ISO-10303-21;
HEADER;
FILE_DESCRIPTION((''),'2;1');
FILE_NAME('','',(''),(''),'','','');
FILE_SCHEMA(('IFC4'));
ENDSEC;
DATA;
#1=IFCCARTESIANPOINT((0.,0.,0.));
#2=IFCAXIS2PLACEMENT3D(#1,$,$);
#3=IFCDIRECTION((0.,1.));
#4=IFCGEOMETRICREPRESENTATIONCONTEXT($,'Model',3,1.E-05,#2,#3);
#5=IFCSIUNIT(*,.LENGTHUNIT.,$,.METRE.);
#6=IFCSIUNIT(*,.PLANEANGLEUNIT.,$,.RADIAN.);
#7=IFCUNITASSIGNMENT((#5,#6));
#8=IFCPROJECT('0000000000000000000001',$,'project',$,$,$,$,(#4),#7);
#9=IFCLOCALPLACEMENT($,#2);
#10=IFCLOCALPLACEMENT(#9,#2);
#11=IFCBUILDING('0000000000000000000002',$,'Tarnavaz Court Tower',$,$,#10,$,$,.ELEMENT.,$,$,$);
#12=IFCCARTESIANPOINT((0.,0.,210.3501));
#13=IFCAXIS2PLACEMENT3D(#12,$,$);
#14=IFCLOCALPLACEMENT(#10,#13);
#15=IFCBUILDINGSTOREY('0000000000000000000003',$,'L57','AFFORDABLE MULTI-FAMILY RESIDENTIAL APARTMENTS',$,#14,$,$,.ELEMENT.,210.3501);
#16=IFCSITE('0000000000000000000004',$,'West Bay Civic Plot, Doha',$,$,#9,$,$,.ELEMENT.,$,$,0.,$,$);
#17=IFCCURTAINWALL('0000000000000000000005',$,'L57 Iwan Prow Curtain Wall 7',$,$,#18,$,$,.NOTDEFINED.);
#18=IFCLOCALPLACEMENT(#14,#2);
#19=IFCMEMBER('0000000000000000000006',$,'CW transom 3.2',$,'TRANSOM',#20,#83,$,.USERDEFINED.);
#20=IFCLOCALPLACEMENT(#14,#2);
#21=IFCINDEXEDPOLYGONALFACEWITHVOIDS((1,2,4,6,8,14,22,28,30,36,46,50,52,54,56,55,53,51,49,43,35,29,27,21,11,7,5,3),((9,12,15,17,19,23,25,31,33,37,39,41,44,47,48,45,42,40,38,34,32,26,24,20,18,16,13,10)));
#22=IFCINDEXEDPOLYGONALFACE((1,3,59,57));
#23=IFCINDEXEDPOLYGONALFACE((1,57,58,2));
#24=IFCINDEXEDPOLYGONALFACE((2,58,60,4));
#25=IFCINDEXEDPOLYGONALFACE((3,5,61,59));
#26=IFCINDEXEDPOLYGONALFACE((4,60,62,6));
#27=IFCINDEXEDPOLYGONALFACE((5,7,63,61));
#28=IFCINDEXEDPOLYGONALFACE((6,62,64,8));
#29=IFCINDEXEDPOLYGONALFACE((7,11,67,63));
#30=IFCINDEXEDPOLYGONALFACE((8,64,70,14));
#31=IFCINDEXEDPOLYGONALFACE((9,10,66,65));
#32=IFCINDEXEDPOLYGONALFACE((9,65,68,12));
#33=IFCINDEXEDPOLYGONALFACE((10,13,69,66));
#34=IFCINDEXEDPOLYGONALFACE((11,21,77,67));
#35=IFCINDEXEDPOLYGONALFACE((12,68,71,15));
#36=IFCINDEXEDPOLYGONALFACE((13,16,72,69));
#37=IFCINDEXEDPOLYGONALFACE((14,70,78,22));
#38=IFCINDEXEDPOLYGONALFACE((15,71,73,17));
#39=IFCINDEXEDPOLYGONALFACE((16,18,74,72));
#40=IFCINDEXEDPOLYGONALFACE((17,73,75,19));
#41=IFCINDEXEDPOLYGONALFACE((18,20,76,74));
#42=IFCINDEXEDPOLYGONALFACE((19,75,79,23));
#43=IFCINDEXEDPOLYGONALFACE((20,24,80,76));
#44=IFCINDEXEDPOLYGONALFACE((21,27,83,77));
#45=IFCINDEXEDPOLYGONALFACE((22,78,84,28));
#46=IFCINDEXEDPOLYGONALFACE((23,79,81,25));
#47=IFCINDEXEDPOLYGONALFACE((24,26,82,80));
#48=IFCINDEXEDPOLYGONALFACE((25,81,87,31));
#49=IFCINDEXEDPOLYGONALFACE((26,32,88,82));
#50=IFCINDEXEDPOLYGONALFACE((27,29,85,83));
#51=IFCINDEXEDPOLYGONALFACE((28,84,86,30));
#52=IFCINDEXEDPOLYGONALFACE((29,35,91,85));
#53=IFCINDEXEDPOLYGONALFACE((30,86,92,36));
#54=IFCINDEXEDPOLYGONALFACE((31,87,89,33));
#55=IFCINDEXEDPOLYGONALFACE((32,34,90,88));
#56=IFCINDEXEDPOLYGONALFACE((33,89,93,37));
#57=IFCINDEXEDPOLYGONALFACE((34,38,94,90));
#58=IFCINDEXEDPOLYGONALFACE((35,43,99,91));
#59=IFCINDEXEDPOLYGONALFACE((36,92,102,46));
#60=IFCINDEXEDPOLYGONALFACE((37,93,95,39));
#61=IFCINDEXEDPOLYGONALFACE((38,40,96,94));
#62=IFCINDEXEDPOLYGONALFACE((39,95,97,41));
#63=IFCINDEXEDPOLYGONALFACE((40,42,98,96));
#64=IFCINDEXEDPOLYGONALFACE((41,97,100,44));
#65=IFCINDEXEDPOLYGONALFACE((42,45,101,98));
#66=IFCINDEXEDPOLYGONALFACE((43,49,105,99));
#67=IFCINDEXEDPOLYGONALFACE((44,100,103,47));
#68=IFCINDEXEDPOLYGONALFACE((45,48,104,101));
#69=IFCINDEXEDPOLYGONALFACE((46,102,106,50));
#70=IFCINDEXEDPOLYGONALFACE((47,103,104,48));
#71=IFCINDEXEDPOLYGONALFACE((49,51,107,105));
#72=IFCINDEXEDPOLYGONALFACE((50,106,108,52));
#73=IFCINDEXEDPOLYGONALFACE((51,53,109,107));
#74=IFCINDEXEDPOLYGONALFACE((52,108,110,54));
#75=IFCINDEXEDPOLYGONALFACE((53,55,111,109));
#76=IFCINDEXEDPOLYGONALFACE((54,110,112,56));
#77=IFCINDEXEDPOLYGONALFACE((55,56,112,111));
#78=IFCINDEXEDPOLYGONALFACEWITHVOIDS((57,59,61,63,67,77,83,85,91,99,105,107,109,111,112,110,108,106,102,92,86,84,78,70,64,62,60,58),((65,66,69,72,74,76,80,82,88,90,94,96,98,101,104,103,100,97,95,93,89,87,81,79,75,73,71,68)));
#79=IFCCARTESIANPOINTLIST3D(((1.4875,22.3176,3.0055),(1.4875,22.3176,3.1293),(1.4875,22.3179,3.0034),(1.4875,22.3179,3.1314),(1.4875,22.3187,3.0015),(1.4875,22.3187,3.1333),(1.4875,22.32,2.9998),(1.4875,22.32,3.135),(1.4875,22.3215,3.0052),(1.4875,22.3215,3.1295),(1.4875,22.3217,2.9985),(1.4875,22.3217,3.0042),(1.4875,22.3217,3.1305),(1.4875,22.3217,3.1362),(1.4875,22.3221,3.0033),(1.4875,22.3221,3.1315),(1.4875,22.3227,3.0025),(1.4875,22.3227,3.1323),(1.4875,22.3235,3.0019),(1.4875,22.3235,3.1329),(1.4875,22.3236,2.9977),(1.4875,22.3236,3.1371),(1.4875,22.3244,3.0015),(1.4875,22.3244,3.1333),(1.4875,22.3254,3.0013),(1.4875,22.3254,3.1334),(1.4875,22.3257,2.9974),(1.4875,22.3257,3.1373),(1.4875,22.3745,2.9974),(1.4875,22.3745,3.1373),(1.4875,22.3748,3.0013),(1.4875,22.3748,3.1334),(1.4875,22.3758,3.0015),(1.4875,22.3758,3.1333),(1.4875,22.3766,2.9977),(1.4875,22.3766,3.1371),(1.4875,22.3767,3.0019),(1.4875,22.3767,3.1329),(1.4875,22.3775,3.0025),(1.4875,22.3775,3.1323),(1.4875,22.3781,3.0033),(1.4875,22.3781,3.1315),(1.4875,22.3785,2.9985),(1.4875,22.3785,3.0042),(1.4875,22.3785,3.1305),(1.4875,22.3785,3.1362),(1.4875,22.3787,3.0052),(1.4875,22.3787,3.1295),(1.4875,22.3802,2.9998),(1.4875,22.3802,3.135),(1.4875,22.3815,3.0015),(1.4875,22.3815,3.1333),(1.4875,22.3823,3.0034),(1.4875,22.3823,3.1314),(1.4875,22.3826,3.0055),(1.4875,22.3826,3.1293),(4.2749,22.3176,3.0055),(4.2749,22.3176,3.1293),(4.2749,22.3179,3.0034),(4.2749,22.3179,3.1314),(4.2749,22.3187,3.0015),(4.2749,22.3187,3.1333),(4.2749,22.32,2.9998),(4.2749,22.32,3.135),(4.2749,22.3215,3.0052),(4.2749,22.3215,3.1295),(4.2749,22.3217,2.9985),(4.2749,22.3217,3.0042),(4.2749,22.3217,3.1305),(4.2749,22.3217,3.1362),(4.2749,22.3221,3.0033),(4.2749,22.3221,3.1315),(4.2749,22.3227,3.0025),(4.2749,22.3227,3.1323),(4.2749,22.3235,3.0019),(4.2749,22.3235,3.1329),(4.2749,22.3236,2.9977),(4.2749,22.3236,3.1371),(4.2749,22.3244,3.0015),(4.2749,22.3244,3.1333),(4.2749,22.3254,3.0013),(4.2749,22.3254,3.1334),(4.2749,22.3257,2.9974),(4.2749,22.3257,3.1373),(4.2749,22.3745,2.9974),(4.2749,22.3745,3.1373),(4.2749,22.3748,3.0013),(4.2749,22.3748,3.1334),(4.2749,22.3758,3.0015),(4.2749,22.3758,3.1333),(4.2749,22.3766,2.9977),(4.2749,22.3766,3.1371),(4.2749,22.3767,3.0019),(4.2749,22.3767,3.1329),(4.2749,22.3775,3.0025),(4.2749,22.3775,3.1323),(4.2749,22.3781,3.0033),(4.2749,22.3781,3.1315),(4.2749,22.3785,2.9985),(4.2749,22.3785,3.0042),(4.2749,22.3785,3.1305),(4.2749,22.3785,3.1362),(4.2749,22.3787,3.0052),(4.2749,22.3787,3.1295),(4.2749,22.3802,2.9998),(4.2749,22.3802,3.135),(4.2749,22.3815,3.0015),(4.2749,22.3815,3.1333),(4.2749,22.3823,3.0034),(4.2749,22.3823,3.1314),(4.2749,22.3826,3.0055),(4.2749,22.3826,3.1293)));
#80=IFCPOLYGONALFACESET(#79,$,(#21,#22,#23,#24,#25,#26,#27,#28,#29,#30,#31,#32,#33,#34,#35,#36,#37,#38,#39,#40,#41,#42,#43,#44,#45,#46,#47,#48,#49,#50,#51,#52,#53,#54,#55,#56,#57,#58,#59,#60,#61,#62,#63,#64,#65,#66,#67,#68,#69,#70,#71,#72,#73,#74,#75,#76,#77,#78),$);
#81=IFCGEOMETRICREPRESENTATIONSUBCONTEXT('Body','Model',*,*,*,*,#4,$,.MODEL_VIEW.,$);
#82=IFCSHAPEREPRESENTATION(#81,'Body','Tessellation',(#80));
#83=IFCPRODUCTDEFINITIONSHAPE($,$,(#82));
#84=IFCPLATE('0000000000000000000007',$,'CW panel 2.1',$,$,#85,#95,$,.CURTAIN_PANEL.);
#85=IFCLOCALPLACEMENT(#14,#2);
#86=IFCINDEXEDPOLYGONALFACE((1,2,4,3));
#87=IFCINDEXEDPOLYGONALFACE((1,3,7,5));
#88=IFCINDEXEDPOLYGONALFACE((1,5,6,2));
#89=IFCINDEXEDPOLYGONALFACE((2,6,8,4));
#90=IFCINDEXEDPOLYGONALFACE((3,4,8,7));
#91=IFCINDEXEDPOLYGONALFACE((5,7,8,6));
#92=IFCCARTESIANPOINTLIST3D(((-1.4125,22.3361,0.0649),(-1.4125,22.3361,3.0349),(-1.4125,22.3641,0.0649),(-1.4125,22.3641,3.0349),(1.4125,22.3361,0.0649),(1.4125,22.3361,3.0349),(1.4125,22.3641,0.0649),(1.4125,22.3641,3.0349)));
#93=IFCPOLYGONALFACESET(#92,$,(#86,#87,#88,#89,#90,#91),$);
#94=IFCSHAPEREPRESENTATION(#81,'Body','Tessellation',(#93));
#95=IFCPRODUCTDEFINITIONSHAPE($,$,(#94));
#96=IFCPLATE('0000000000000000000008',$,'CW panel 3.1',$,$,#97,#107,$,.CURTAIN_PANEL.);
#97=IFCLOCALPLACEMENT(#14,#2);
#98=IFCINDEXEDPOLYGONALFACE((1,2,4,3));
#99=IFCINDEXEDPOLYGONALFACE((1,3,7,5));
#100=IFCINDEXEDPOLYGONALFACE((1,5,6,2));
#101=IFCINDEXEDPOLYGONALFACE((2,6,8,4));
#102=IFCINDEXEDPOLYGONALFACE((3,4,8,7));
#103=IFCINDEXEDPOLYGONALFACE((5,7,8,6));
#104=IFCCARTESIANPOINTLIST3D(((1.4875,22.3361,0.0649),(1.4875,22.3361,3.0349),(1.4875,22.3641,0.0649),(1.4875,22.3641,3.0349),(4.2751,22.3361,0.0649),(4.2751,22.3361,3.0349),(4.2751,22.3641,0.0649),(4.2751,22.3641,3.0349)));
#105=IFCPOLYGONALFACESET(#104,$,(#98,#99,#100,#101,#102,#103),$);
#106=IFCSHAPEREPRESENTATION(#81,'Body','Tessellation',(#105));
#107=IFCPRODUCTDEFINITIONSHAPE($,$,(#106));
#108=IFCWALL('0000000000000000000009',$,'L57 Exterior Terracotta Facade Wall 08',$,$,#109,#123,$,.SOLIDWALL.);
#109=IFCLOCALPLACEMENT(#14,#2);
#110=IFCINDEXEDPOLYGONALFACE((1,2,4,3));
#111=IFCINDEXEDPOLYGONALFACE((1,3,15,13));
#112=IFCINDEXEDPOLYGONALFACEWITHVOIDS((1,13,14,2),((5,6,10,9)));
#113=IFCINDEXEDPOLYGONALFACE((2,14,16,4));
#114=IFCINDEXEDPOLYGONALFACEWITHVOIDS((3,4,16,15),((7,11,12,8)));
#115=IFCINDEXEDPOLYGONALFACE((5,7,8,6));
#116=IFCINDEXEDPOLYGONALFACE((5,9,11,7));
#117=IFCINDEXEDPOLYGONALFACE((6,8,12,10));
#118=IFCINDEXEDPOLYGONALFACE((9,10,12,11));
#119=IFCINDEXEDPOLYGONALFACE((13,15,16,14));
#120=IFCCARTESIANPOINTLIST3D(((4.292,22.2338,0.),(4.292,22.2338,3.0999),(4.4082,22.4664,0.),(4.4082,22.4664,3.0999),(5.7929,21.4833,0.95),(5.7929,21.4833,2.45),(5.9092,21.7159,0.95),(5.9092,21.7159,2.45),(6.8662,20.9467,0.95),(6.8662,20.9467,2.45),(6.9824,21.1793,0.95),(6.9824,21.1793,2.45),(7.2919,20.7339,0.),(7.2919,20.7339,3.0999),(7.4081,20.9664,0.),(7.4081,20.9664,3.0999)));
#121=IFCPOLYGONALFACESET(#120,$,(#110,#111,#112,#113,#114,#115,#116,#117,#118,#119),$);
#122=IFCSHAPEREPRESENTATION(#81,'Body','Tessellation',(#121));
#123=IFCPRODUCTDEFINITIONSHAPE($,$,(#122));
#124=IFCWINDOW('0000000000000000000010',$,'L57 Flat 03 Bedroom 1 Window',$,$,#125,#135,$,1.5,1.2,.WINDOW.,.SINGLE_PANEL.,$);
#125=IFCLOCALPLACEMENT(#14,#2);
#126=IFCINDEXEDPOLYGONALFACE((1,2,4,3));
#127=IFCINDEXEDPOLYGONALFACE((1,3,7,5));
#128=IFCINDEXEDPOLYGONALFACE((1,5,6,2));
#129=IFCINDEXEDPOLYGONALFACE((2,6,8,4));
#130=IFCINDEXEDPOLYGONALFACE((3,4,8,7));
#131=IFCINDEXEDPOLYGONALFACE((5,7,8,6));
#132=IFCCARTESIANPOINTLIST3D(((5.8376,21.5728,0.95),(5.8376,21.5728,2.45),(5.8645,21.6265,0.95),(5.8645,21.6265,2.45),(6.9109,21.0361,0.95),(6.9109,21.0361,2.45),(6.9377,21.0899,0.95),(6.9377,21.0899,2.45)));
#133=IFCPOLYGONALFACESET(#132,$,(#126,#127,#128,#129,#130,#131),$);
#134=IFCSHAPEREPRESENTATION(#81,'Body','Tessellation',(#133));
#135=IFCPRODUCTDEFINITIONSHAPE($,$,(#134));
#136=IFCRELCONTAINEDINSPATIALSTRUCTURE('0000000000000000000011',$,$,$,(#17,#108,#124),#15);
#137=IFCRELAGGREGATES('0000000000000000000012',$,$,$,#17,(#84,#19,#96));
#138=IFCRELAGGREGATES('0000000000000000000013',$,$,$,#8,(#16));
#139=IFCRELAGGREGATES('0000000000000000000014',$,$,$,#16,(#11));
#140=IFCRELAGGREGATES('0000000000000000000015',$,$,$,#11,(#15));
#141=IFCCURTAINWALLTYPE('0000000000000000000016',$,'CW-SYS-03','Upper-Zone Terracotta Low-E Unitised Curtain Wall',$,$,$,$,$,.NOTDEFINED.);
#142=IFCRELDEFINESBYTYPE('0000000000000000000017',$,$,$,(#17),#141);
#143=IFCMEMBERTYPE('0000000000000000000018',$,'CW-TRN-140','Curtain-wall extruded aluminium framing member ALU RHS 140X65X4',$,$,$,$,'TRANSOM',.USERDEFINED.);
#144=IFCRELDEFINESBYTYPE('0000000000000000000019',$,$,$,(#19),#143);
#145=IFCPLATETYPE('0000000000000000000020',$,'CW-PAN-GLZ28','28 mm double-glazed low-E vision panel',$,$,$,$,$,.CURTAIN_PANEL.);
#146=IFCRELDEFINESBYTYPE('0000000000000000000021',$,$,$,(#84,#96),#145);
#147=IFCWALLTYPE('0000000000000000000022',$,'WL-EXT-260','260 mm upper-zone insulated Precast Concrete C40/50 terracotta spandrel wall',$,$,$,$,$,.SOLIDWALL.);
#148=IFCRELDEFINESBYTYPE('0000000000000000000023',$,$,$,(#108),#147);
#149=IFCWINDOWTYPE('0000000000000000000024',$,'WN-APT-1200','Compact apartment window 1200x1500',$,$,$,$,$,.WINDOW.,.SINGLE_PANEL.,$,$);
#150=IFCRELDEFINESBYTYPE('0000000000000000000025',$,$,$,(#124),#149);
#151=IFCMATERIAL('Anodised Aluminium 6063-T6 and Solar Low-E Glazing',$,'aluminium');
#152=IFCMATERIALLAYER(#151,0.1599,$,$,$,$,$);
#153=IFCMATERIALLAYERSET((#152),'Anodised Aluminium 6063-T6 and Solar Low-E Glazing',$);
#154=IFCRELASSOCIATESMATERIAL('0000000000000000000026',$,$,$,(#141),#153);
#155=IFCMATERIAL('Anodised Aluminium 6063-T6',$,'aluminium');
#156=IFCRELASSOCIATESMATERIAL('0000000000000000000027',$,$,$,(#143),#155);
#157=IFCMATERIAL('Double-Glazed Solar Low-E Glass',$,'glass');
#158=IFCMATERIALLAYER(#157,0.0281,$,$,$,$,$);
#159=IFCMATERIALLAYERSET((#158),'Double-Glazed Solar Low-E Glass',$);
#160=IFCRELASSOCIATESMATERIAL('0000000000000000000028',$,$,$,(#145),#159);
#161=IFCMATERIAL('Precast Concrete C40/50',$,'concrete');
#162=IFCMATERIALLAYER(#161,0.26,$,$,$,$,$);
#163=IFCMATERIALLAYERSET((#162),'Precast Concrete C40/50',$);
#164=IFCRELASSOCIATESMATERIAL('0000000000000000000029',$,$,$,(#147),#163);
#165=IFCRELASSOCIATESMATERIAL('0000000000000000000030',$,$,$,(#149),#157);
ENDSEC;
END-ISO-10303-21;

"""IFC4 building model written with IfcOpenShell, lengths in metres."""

from ifc_helpers import new_model, si_unit, direction, frame, frame_2d, origin, origin_2d, place, context, subcontext, project, spatial, rectangle, hollow_rectangle, extrude, material, layer, layer_set, material_profile, profile_set, type_object, element, fill, aggregate, save


model = new_model("IFC4")

# Units and contexts
model_context = context("Model", 3, precision=1e-05, world=origin(), true_north=direction((0.0, 1.0)))
body_context = subcontext(model_context, "Body", "Model", "MODEL_VIEW")
ifc_project = project(units=[si_unit("LENGTHUNIT", "METRE"), si_unit("PLANEANGLEUNIT", "RADIAN")], contexts=[model_context])

# Site, building, storey
site_placement = place(None, origin())
site = spatial("IfcSite", under=ifc_project, at=site_placement, Name="West Bay Civic Plot, Doha", CompositionType="ELEMENT", RefElevation=0.0)
building_placement = place(site_placement, origin())
building = spatial("IfcBuilding", under=site, at=building_placement, Name="Tarnavaz Court Tower", CompositionType="ELEMENT")
storey_placement = place(building_placement, frame((0.0, 0.0, 210.3501)))
storey = spatial("IfcBuildingStorey", under=building, at=storey_placement, Name="L57", Description="AFFORDABLE MULTI-FAMILY RESIDENTIAL APARTMENTS", CompositionType="ELEMENT", Elevation=210.3501)

# Curtain wall, member, plates
ifc_material_1 = material(Name="Anodised Aluminium 6063-T6 and Solar Low-E Glazing", Category="aluminium")
ifc_layer_1 = layer(ifc_material_1, 0.1599)
ifc_layer_set_1 = layer_set([ifc_layer_1], Name="Anodised Aluminium 6063-T6 and Solar Low-E Glazing")
curtain_wall_type = type_object("IfcCurtainWallType", Name="CW-SYS-03", Description="Upper-Zone Terracotta Low-E Unitised Curtain Wall", PredefinedType="NOTDEFINED", material=ifc_layer_set_1)
curtain_wall_placement = place(storey_placement, origin())
curtain_wall = element("IfcCurtainWall", 1, at=curtain_wall_placement, inside=storey, type_object=curtain_wall_type, Name="L57 Iwan Prow Curtain Wall 7", PredefinedType="NOTDEFINED")
ifc_material_2 = material(Name="Anodised Aluminium 6063-T6", Category="aluminium")
ifc_material_profile_1 = material_profile(ifc_material_2, hollow_rectangle(XDim=0.0649, YDim=0.1399, WallThickness=0.0039, InnerFilletRadius=0.0039, OuterFilletRadius=0.0081, at=origin_2d()), Name="ALU RHS 140X65X4")
ifc_profile_set_1 = profile_set([ifc_material_profile_1], Name="Anodised Aluminium 6063-T6")
member_type_1 = type_object("IfcMemberType", Name="CW-TRN-140", Description="Curtain-wall extruded aluminium framing member ALU RHS 140X65X4", ElementType="TRANSOM", PredefinedType="USERDEFINED", material=ifc_profile_set_1)
member_1_placement = place(storey_placement, frame((1.4875, 22.3501, 3.0674), z_axis=(1.0, 0.0, 0.0), x_axis=(0.0, 1.0, 0.0)))
member_1 = element("IfcMember", 2, at=member_1_placement, type_object=member_type_1, Name="CW transom 3.2", ObjectType="TRANSOM", PredefinedType="USERDEFINED", context=body_context, shape_type="SweptSolid", body=[
    extrude(hollow_rectangle(XDim=0.0649, YDim=0.1399, WallThickness=0.0039, InnerFilletRadius=0.0039, OuterFilletRadius=0.0081, at=origin_2d()), origin(), (0.0, 0.0, 1.0), 2.7874),
])
ifc_material_3 = material(Name="Double-Glazed Solar Low-E Glass", Category="glass")
ifc_layer_2 = layer(ifc_material_3, 0.0281)
ifc_layer_set_2 = layer_set([ifc_layer_2], Name="Double-Glazed Solar Low-E Glass")
plate_type = type_object("IfcPlateType", Name="CW-PAN-GLZ28", Description="28 mm double-glazed low-E vision panel", PredefinedType="CURTAIN_PANEL", material=ifc_layer_set_2)
plate_1_placement = place(storey_placement, frame((0.0, 22.3501, 0.0649), z_axis=(0.0, 0.0, 1.0), x_axis=(1.0, 0.0, 0.0)))
plate_1 = element("IfcPlate", 3, at=plate_1_placement, type_object=plate_type, Name="CW panel 2.1", PredefinedType="CURTAIN_PANEL", context=body_context, shape_type="SweptSolid", body=[
    extrude(rectangle(XDim=2.825, YDim=0.0281, at=origin_2d()), origin(), (0.0, 0.0, 1.0), 2.97),
])
plate_2_placement = place(storey_placement, frame((2.8813, 22.3501, 0.0649), z_axis=(0.0, 0.0, 1.0), x_axis=(1.0, 0.0, 0.0)))
plate_2 = element("IfcPlate", 4, at=plate_2_placement, type_object=plate_type, Name="CW panel 3.1", PredefinedType="CURTAIN_PANEL", context=body_context, shape_type="SweptSolid", body=[
    extrude(rectangle(XDim=2.7876, YDim=0.0281, at=origin_2d()), origin(), (0.0, 0.0, 1.0), 2.97),
])
aggregate(curtain_wall, [plate_1, member_1, plate_2])

# Wall, opening, window
ifc_material_4 = material(Name="Precast Concrete C40/50", Category="concrete")
ifc_layer_3 = layer(ifc_material_4, 0.26)
ifc_layer_set_3 = layer_set([ifc_layer_3], Name="Precast Concrete C40/50")
wall_type_1 = type_object("IfcWallType", Name="WL-EXT-260", Description="260 mm upper-zone insulated Precast Concrete C40/50 terracotta spandrel wall", PredefinedType="SOLIDWALL", material=ifc_layer_set_3)
wall_1_placement = place(storey_placement, frame((4.3501, 22.3501, 0.0), z_axis=(0.0, 0.0, 1.0), x_axis=(0.894427, -0.447214, 0.0)))
wall_1 = element("IfcWall", 5, at=wall_1_placement, inside=storey, type_object=wall_type_1, Name="L57 Exterior Terracotta Facade Wall 08", PredefinedType="SOLIDWALL", context=body_context, shape_type="SweptSolid", body=[
    extrude(rectangle(XDim=3.354, YDim=0.26, at=frame_2d((1.677, 0.0))), origin(), (0.0, 0.0, 1.0), 3.0999),
])
opening_1_placement = place(wall_1_placement, frame((1.678, 0.0, 0.95)))
opening_1 = element("IfcOpeningElement", 6, at=opening_1_placement, cuts=wall_1, PredefinedType="OPENING", context=body_context, shape_type="SweptSolid", body=[
    extrude(rectangle(XDim=1.2, YDim=1.5, at=frame_2d((0.6001, 0.75))), frame((0.0, 0.1399, 0.0), z_axis=(0.0, -1.0, 0.0), x_axis=(1.0, 0.0, 0.0)), (0.0, 0.0, 1.0), 0.28),
])
window_type_1 = type_object("IfcWindowType", Name="WN-APT-1200", Description="Compact apartment window 1200x1500", PartitioningType="SINGLE_PANEL", PredefinedType="WINDOW", material=ifc_material_3)
window_1_placement = place(opening_1_placement, origin())
window_1 = element("IfcWindow", 7, at=window_1_placement, inside=storey, type_object=window_type_1, Name="L57 Flat 03 Bedroom 1 Window", OverallHeight=1.5, OverallWidth=1.2, PartitioningType="SINGLE_PANEL", PredefinedType="WINDOW", context=body_context, shape_type="SweptSolid", body=[
    extrude(rectangle(XDim=1.2, YDim=1.5, at=frame_2d((0.6001, 0.75))), frame((0.0, 0.03, 0.0), z_axis=(0.0, -1.0, 0.0), x_axis=(1.0, 0.0, 0.0)), (0.0, 0.0, 1.0), 0.0601),
])
fill(opening_1, window_1)

save(model, "model.ifc")
